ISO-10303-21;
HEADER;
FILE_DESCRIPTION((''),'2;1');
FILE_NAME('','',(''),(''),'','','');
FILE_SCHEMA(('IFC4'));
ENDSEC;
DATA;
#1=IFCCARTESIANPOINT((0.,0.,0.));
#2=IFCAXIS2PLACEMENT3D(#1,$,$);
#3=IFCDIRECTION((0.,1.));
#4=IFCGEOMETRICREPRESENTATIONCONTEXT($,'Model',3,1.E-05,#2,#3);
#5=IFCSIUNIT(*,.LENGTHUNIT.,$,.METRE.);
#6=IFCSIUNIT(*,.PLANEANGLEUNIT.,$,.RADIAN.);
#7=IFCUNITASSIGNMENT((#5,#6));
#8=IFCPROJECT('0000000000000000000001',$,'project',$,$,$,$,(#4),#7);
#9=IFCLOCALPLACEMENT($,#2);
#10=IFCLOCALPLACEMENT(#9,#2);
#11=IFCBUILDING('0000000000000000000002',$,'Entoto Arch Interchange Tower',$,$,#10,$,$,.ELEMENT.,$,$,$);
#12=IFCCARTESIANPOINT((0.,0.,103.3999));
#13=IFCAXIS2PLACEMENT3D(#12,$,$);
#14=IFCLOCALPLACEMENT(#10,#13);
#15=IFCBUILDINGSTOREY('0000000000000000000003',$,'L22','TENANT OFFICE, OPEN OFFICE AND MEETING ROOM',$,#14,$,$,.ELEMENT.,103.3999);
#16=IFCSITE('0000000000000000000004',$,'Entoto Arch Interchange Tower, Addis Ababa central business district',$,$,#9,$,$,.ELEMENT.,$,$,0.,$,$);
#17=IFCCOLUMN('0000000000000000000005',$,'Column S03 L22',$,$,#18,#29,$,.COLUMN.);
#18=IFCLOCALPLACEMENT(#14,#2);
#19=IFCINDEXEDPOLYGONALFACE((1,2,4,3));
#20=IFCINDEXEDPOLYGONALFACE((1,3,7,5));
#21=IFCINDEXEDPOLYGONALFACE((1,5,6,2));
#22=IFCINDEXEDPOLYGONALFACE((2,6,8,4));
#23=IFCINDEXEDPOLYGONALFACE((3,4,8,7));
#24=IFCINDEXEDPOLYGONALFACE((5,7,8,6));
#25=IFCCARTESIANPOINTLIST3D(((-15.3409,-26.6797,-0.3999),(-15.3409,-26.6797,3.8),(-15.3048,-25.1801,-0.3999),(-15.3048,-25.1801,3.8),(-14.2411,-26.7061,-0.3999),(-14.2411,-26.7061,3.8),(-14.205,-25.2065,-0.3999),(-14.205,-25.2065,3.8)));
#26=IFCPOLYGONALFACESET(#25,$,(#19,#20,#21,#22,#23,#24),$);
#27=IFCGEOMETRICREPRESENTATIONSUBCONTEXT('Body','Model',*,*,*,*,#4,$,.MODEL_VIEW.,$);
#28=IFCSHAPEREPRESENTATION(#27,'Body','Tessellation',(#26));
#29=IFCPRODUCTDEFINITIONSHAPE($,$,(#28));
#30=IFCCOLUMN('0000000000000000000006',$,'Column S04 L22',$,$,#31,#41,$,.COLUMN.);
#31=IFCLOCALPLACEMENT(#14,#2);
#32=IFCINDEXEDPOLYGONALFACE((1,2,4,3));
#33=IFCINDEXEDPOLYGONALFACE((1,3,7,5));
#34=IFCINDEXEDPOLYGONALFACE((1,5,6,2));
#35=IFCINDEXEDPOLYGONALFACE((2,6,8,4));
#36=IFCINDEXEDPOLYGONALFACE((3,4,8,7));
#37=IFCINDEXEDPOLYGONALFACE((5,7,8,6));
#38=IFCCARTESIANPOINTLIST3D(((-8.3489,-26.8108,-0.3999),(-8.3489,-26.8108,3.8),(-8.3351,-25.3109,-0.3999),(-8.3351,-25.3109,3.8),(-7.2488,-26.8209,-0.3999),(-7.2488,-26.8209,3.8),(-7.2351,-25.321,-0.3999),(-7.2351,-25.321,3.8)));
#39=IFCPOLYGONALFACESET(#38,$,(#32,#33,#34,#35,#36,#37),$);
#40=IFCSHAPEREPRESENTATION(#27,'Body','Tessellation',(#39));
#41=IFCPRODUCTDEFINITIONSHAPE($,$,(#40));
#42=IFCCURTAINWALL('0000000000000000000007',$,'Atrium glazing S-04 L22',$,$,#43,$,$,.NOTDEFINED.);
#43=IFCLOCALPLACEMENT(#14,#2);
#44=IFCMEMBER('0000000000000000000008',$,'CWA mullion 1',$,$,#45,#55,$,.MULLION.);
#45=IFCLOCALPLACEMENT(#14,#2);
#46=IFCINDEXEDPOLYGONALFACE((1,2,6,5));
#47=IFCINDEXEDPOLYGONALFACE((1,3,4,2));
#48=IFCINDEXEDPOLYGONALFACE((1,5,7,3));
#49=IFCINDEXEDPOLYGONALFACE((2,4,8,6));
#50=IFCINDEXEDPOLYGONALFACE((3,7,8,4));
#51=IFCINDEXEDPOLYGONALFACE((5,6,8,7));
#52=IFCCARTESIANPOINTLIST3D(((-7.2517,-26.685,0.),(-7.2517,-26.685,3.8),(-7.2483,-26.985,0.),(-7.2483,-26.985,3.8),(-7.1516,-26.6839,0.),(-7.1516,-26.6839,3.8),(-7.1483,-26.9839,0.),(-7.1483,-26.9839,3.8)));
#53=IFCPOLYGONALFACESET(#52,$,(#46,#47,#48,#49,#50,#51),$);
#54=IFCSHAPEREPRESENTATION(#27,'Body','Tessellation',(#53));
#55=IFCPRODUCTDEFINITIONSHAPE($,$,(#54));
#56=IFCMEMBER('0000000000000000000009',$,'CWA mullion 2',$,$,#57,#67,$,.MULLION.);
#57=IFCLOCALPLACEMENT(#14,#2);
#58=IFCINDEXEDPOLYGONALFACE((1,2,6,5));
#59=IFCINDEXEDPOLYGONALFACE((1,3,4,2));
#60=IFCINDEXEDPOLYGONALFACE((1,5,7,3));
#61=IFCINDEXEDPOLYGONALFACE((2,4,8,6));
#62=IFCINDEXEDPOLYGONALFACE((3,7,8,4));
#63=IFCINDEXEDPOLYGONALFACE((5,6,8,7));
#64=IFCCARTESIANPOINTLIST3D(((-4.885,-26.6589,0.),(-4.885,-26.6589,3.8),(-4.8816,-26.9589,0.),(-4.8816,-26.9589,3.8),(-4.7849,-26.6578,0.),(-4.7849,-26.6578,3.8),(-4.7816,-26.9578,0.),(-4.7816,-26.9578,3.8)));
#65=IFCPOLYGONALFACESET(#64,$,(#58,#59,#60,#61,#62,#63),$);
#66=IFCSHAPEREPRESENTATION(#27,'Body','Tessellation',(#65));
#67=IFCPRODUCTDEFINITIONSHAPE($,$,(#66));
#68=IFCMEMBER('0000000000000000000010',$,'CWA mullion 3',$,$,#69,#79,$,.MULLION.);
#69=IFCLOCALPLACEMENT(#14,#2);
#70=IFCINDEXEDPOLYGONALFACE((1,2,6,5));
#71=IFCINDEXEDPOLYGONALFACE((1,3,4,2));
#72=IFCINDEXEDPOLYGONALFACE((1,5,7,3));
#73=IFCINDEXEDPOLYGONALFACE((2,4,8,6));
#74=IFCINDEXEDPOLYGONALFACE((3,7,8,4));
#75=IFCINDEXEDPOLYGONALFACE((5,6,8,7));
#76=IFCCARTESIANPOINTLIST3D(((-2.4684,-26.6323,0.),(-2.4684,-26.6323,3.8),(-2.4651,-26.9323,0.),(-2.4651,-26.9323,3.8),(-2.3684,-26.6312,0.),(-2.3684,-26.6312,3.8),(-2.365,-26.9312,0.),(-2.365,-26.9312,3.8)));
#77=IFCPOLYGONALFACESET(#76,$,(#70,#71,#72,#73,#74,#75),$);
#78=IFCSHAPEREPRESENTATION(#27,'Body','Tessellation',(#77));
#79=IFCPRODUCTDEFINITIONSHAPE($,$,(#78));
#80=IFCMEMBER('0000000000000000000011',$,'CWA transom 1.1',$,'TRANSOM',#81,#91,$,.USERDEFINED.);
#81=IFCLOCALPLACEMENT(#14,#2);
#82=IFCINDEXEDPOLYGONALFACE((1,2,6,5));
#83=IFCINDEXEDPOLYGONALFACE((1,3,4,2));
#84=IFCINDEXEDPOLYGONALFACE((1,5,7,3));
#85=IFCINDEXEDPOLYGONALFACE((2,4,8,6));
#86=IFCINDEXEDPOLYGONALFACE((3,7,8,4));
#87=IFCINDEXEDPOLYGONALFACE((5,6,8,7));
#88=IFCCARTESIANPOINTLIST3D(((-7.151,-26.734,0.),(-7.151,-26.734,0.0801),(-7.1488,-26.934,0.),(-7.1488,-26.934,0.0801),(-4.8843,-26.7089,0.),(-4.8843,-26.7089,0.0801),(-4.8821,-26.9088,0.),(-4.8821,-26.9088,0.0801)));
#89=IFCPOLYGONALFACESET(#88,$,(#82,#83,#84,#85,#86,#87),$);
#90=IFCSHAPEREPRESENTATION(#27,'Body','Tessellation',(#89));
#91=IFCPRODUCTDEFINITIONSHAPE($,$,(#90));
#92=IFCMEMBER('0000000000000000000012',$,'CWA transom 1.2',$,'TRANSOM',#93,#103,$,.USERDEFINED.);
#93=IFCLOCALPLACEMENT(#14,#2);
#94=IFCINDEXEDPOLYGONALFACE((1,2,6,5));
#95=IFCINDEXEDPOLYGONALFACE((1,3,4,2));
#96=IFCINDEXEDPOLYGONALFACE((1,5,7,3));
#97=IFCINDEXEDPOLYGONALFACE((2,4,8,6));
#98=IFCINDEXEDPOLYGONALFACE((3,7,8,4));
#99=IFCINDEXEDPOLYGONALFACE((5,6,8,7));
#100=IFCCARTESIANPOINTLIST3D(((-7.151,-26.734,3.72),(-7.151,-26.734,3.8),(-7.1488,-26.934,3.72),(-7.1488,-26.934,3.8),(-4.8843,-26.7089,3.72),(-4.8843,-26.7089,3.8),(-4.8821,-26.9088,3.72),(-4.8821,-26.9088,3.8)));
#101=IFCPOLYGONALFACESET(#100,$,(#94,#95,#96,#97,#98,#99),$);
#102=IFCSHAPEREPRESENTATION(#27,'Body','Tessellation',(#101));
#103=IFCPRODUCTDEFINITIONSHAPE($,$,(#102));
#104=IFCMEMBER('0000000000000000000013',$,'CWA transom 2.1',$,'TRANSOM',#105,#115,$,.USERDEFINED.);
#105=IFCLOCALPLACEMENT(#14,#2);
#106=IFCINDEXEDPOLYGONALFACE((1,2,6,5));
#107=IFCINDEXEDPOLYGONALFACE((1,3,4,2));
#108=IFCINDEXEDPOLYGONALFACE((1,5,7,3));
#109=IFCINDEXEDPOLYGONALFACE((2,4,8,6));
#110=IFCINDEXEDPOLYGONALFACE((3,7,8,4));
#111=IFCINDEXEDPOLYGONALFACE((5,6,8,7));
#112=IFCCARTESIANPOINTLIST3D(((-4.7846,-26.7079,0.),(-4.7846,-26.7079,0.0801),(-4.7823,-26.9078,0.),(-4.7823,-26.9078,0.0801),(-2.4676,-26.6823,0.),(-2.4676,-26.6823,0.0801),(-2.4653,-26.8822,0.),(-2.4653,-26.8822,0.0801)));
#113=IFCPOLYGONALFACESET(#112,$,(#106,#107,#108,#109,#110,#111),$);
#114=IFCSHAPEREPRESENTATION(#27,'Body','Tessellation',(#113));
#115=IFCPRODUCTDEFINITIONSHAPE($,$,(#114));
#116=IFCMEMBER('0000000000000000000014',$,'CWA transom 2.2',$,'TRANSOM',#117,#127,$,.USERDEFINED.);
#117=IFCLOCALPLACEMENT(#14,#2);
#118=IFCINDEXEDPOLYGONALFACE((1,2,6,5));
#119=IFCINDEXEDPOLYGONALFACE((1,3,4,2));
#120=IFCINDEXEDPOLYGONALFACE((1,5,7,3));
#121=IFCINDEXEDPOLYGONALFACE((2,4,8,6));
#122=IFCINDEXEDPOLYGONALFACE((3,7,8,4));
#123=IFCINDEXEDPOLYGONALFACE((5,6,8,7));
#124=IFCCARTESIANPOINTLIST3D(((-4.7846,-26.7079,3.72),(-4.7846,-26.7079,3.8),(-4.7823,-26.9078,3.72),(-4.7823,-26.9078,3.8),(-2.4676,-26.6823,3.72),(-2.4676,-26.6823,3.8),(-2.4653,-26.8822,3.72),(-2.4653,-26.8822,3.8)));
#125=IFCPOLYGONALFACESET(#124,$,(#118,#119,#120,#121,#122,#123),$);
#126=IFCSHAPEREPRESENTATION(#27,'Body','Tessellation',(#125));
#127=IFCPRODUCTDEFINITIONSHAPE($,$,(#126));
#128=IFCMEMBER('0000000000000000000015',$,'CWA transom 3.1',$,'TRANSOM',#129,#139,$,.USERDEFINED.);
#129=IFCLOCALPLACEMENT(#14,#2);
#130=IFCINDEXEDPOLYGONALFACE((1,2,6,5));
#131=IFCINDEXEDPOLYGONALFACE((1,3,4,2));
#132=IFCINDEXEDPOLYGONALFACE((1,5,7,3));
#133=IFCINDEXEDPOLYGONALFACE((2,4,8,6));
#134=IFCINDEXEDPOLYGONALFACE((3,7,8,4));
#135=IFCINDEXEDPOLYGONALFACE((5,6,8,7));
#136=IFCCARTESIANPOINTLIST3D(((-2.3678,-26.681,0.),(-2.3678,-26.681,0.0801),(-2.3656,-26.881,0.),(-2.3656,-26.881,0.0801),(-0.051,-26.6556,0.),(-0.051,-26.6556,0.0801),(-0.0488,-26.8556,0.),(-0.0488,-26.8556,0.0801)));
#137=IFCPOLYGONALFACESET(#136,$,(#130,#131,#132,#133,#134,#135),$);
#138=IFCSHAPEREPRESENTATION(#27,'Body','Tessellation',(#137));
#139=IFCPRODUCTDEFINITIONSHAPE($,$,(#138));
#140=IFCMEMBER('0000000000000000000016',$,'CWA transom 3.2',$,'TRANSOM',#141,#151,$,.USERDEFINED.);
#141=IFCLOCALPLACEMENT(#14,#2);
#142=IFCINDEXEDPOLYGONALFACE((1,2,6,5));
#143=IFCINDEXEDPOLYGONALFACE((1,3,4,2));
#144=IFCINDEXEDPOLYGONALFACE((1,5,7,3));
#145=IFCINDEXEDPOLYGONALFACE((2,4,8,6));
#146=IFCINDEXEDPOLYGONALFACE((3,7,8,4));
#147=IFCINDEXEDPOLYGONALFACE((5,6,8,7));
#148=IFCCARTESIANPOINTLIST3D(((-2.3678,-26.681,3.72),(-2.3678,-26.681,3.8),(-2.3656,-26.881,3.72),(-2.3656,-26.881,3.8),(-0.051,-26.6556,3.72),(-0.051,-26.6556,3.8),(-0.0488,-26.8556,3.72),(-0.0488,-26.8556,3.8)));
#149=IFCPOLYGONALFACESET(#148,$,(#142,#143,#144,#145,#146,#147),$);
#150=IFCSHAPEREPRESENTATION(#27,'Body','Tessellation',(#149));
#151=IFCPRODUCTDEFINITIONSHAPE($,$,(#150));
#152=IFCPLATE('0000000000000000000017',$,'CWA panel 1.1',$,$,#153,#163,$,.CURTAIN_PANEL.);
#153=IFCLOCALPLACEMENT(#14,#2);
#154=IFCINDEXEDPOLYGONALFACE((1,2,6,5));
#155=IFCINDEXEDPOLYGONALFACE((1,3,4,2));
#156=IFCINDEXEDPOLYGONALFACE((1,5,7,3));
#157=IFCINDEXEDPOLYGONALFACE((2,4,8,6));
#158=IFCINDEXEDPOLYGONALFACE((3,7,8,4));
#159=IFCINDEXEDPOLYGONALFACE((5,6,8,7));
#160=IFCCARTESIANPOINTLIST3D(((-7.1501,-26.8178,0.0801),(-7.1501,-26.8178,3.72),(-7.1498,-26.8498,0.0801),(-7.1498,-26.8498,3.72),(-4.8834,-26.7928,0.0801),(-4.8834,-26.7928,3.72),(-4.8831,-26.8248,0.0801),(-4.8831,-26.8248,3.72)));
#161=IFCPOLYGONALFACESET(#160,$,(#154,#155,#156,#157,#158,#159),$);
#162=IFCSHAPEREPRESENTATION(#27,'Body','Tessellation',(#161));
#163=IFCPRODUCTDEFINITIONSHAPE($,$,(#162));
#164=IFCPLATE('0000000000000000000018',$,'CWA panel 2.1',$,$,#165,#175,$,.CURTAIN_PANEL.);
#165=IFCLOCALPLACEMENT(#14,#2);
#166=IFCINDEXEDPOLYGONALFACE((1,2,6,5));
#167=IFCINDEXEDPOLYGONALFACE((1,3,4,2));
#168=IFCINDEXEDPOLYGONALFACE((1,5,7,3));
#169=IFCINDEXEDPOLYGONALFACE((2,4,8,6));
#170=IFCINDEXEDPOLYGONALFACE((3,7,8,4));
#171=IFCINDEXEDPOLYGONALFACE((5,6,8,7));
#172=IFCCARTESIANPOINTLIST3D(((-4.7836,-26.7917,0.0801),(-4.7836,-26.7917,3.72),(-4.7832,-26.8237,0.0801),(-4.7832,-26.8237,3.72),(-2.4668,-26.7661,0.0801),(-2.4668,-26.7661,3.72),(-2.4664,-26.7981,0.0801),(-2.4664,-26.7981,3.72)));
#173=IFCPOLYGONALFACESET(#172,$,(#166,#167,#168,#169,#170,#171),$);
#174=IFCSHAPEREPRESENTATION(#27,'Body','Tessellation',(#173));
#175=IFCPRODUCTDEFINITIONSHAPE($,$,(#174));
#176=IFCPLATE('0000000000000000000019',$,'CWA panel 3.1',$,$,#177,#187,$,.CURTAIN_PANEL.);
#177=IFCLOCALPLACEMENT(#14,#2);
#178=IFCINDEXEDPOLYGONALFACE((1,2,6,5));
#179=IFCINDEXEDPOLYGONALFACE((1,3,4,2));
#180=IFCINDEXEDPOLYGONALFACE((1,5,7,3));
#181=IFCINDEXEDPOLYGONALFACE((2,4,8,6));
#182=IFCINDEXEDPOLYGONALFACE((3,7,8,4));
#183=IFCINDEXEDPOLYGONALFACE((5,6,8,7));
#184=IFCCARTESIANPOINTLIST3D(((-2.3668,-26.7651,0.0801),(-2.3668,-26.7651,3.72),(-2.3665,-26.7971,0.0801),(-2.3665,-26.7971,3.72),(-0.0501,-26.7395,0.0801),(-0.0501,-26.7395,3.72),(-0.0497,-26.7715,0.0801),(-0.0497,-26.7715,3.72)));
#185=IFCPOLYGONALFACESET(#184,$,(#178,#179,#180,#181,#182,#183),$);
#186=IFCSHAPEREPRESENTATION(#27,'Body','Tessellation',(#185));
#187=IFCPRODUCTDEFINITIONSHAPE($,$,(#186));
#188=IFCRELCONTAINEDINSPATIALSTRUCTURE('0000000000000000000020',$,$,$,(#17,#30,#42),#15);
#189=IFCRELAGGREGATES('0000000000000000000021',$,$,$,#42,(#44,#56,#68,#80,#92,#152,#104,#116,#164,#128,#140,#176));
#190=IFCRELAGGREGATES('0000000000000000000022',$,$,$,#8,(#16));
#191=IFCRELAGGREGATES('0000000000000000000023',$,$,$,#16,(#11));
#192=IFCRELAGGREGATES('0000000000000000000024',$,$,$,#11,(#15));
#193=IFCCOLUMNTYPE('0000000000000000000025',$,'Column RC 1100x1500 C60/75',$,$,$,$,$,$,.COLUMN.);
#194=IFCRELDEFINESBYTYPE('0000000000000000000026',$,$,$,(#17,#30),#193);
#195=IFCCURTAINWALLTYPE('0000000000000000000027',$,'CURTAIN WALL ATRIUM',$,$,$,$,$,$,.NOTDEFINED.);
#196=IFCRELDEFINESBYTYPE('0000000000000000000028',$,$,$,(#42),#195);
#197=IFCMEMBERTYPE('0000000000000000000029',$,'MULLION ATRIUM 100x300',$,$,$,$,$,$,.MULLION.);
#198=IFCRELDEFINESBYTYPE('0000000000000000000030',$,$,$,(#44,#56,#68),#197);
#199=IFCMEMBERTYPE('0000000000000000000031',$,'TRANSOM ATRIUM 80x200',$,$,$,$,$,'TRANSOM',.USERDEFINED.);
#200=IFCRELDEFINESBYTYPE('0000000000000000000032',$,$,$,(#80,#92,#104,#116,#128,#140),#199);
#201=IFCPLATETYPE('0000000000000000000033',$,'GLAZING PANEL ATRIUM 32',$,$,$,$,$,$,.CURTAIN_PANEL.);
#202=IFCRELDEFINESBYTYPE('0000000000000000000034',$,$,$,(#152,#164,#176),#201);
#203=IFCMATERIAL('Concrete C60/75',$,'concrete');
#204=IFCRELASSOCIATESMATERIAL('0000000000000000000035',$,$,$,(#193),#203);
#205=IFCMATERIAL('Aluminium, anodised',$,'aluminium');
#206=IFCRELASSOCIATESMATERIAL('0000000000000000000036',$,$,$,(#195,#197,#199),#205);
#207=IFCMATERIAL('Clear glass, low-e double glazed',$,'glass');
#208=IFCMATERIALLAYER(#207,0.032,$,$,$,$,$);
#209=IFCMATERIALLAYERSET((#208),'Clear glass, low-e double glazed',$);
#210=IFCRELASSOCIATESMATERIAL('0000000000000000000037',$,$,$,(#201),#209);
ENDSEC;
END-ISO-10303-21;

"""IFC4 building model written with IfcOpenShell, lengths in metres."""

from ifc_helpers import new_model, si_unit, direction, frame, origin, origin_2d, place, context, subcontext, project, spatial, rectangle, extrude, material, layer, layer_set, material_profile, profile_set, type_object, element, aggregate, save


model = new_model("IFC4")

# Units and contexts
model_context = context("Model", 3, precision=1e-05, world=origin(), true_north=direction((0.0, 1.0)))
body_context = subcontext(model_context, "Body", "Model", "MODEL_VIEW")
ifc_project = project(units=[si_unit("LENGTHUNIT", "METRE"), si_unit("PLANEANGLEUNIT", "RADIAN")], contexts=[model_context])

# Site, building, storey
site_placement = place(None, origin())
site = spatial("IfcSite", under=ifc_project, at=site_placement, Name="Entoto Arch Interchange Tower, Addis Ababa central business district", CompositionType="ELEMENT", RefElevation=0.0)
building_placement = place(site_placement, origin())
building = spatial("IfcBuilding", under=site, at=building_placement, Name="Entoto Arch Interchange Tower", CompositionType="ELEMENT")
storey_placement = place(building_placement, frame((0.0, 0.0, 103.3999)))
storey = spatial("IfcBuildingStorey", under=building, at=storey_placement, Name="L22", Description="TENANT OFFICE, OPEN OFFICE AND MEETING ROOM", CompositionType="ELEMENT", Elevation=103.3999)

# Columns
ifc_material_1 = material(Name="Concrete C60/75", Category="concrete")
ifc_material_profile_1 = material_profile(ifc_material_1, rectangle(XDim=1.1001, YDim=1.5, at=origin_2d()))
ifc_profile_set_1 = profile_set([ifc_material_profile_1], Name="Concrete C60/75")
column_type = type_object("IfcColumnType", Name="Column RC 1100x1500 C60/75", PredefinedType="COLUMN", material=ifc_profile_set_1)
for number, where, z_axis, x_axis, name in (
    (1, (-14.7729, -25.9431, -0.3999), (0.0, 0.0, 1.0), (-0.999711, 0.024031, 0.0), "Column S03 L22"),
    (2, (-7.792, -26.0659, -0.3999), (0.0, 0.0, 1.0), (-0.999958, 0.009163, 0.0), "Column S04 L22"),
):
    element("IfcColumn", number, at=place(storey_placement, frame(where, z_axis=z_axis, x_axis=x_axis)), inside=storey, type_object=column_type, Name=name, PredefinedType="COLUMN", context=body_context, shape_type="SweptSolid", body=[
        extrude(rectangle(XDim=1.1001, YDim=1.5, at=origin_2d()), origin(), (0.0, 0.0, 1.0), 4.2),
    ])

# Curtain wall, members, plates
ifc_material_2 = material(Name="Aluminium, anodised", Category="aluminium")
curtain_wall_type = type_object("IfcCurtainWallType", Name="CURTAIN WALL ATRIUM", PredefinedType="NOTDEFINED", material=ifc_material_2)
curtain_wall_placement = place(storey_placement, origin())
curtain_wall = element("IfcCurtainWall", 3, at=curtain_wall_placement, inside=storey, type_object=curtain_wall_type, Name="Atrium glazing S-04 L22", PredefinedType="NOTDEFINED")
ifc_material_profile_2 = material_profile(ifc_material_2, rectangle(XDim=0.3, YDim=0.1001, at=origin_2d()))
ifc_profile_set_2 = profile_set([ifc_material_profile_2], Name="Aluminium, anodised")
member_type_1 = type_object("IfcMemberType", Name="MULLION ATRIUM 100x300", PredefinedType="MULLION", material=ifc_profile_set_2)
member_1_placement = place(storey_placement, frame((-7.2, -26.8345, 0.0), z_axis=(0.0, 0.0, 1.0), x_axis=(-0.011034, 0.999939, 0.0)))
member_1 = element("IfcMember", 4, at=member_1_placement, type_object=member_type_1, Name="CWA mullion 1", PredefinedType="MULLION", context=body_context, shape_type="SweptSolid", body=[
    extrude(rectangle(XDim=0.3, YDim=0.1001, at=origin_2d()), origin(), (0.0, 0.0, 1.0), 3.8),
])
member_2_placement = place(storey_placement, frame((-4.8333, -26.8083, 0.0), z_axis=(0.0, 0.0, 1.0), x_axis=(-0.011034, 0.999939, 0.0)))
member_2 = element("IfcMember", 5, at=member_2_placement, type_object=member_type_1, Name="CWA mullion 2", PredefinedType="MULLION", context=body_context, shape_type="SweptSolid", body=[
    extrude(rectangle(XDim=0.3, YDim=0.1001, at=origin_2d()), origin(), (0.0, 0.0, 1.0), 3.8),
])
member_3_placement = place(storey_placement, frame((-2.4167, -26.7817, 0.0), z_axis=(0.0, 0.0, 1.0), x_axis=(-0.011034, 0.999939, 0.0)))
member_3 = element("IfcMember", 6, at=member_3_placement, type_object=member_type_1, Name="CWA mullion 3", PredefinedType="MULLION", context=body_context, shape_type="SweptSolid", body=[
    extrude(rectangle(XDim=0.3, YDim=0.1001, at=origin_2d()), origin(), (0.0, 0.0, 1.0), 3.8),
])
ifc_material_profile_3 = material_profile(ifc_material_2, rectangle(XDim=0.2, YDim=0.0801, at=origin_2d()))
ifc_profile_set_3 = profile_set([ifc_material_profile_3], Name="Aluminium, anodised")
member_type_2 = type_object("IfcMemberType", Name="TRANSOM ATRIUM 80x200", ElementType="TRANSOM", PredefinedType="USERDEFINED", material=ifc_profile_set_3)
member_4_placement = place(storey_placement, frame((-7.1499, -26.834, 0.04), z_axis=(0.999938, 0.011094, 0.0), x_axis=(-0.011094, 0.999938, 0.0)))
member_4 = element("IfcMember", 7, at=member_4_placement, type_object=member_type_2, Name="CWA transom 1.1", ObjectType="TRANSOM", PredefinedType="USERDEFINED", context=body_context, shape_type="SweptSolid", body=[
    extrude(rectangle(XDim=0.2, YDim=0.0801, at=origin_2d()), origin(), (0.0, 0.0, 1.0), 2.2668),
])
member_5_placement = place(storey_placement, frame((-7.1499, -26.834, 3.76), z_axis=(0.999938, 0.011094, 0.0), x_axis=(-0.011094, 0.999938, 0.0)))
member_5 = element("IfcMember", 8, at=member_5_placement, type_object=member_type_2, Name="CWA transom 1.2", ObjectType="TRANSOM", PredefinedType="USERDEFINED", context=body_context, shape_type="SweptSolid", body=[
    extrude(rectangle(XDim=0.2, YDim=0.0801, at=origin_2d()), origin(), (0.0, 0.0, 1.0), 2.2668),
])
member_6_placement = place(storey_placement, frame((-4.7834, -26.8079, 0.04), z_axis=(0.999939, 0.011064, 0.0), x_axis=(-0.011064, 0.999939, 0.0)))
member_6 = element("IfcMember", 9, at=member_6_placement, type_object=member_type_2, Name="CWA transom 2.1", ObjectType="TRANSOM", PredefinedType="USERDEFINED", context=body_context, shape_type="SweptSolid", body=[
    extrude(rectangle(XDim=0.2, YDim=0.0801, at=origin_2d()), origin(), (0.0, 0.0, 1.0), 2.3171),
])
member_7_placement = place(storey_placement, frame((-4.7834, -26.8079, 3.76), z_axis=(0.999939, 0.011064, 0.0), x_axis=(-0.011064, 0.999939, 0.0)))
member_7 = element("IfcMember", 10, at=member_7_placement, type_object=member_type_2, Name="CWA transom 2.2", ObjectType="TRANSOM", PredefinedType="USERDEFINED", context=body_context, shape_type="SweptSolid", body=[
    extrude(rectangle(XDim=0.2, YDim=0.0801, at=origin_2d()), origin(), (0.0, 0.0, 1.0), 2.3171),
])
member_8_placement = place(storey_placement, frame((-2.3667, -26.781, 0.04), z_axis=(0.99994, 0.010959, 0.0), x_axis=(-0.010959, 0.99994, 0.0)))
member_8 = element("IfcMember", 11, at=member_8_placement, type_object=member_type_2, Name="CWA transom 3.1", ObjectType="TRANSOM", PredefinedType="USERDEFINED", context=body_context, shape_type="SweptSolid", body=[
    extrude(rectangle(XDim=0.2, YDim=0.0801, at=origin_2d()), origin(), (0.0, 0.0, 1.0), 2.3169),
])
member_9_placement = place(storey_placement, frame((-2.3667, -26.781, 3.76), z_axis=(0.99994, 0.010959, 0.0), x_axis=(-0.010959, 0.99994, 0.0)))
member_9 = element("IfcMember", 12, at=member_9_placement, type_object=member_type_2, Name="CWA transom 3.2", ObjectType="TRANSOM", PredefinedType="USERDEFINED", context=body_context, shape_type="SweptSolid", body=[
    extrude(rectangle(XDim=0.2, YDim=0.0801, at=origin_2d()), origin(), (0.0, 0.0, 1.0), 2.3169),
])
ifc_material_3 = material(Name="Clear glass, low-e double glazed", Category="glass")
ifc_layer_1 = layer(ifc_material_3, 0.032)
ifc_layer_set_1 = layer_set([ifc_layer_1], Name="Clear glass, low-e double glazed")
plate_type = type_object("IfcPlateType", Name="GLAZING PANEL ATRIUM 32", PredefinedType="CURTAIN_PANEL", material=ifc_layer_set_1)
plate_1_placement = place(storey_placement, frame((-6.0166, -26.8213, 0.0801), z_axis=(0.0, 0.0, 1.0), x_axis=(0.999939, 0.011034, 0.0)))
plate_1 = element("IfcPlate", 13, at=plate_1_placement, type_object=plate_type, Name="CWA panel 1.1", PredefinedType="CURTAIN_PANEL", context=body_context, shape_type="SweptSolid", body=[
    extrude(rectangle(XDim=2.2668, YDim=0.032, at=origin_2d()), origin(), (0.0, 0.0, 1.0), 3.6399),
])
plate_2_placement = place(storey_placement, frame((-3.625, -26.7949, 0.0801), z_axis=(0.0, 0.0, 1.0), x_axis=(0.999939, 0.011034, 0.0)))
plate_2 = element("IfcPlate", 14, at=plate_2_placement, type_object=plate_type, Name="CWA panel 2.1", PredefinedType="CURTAIN_PANEL", context=body_context, shape_type="SweptSolid", body=[
    extrude(rectangle(XDim=2.3169, YDim=0.032, at=origin_2d()), origin(), (0.0, 0.0, 1.0), 3.6399),
])
plate_3_placement = place(storey_placement, frame((-1.2083, -26.7683, 0.0801), z_axis=(0.0, 0.0, 1.0), x_axis=(0.999939, 0.011034, 0.0)))
plate_3 = element("IfcPlate", 15, at=plate_3_placement, type_object=plate_type, Name="CWA panel 3.1", PredefinedType="CURTAIN_PANEL", context=body_context, shape_type="SweptSolid", body=[
    extrude(rectangle(XDim=2.3169, YDim=0.032, at=origin_2d()), origin(), (0.0, 0.0, 1.0), 3.6399),
])
aggregate(curtain_wall, [member_1, member_2, member_3, member_4, member_5, plate_1, member_6, member_7, plate_2, member_8, member_9, plate_3])

save(model, "model.ifc")
